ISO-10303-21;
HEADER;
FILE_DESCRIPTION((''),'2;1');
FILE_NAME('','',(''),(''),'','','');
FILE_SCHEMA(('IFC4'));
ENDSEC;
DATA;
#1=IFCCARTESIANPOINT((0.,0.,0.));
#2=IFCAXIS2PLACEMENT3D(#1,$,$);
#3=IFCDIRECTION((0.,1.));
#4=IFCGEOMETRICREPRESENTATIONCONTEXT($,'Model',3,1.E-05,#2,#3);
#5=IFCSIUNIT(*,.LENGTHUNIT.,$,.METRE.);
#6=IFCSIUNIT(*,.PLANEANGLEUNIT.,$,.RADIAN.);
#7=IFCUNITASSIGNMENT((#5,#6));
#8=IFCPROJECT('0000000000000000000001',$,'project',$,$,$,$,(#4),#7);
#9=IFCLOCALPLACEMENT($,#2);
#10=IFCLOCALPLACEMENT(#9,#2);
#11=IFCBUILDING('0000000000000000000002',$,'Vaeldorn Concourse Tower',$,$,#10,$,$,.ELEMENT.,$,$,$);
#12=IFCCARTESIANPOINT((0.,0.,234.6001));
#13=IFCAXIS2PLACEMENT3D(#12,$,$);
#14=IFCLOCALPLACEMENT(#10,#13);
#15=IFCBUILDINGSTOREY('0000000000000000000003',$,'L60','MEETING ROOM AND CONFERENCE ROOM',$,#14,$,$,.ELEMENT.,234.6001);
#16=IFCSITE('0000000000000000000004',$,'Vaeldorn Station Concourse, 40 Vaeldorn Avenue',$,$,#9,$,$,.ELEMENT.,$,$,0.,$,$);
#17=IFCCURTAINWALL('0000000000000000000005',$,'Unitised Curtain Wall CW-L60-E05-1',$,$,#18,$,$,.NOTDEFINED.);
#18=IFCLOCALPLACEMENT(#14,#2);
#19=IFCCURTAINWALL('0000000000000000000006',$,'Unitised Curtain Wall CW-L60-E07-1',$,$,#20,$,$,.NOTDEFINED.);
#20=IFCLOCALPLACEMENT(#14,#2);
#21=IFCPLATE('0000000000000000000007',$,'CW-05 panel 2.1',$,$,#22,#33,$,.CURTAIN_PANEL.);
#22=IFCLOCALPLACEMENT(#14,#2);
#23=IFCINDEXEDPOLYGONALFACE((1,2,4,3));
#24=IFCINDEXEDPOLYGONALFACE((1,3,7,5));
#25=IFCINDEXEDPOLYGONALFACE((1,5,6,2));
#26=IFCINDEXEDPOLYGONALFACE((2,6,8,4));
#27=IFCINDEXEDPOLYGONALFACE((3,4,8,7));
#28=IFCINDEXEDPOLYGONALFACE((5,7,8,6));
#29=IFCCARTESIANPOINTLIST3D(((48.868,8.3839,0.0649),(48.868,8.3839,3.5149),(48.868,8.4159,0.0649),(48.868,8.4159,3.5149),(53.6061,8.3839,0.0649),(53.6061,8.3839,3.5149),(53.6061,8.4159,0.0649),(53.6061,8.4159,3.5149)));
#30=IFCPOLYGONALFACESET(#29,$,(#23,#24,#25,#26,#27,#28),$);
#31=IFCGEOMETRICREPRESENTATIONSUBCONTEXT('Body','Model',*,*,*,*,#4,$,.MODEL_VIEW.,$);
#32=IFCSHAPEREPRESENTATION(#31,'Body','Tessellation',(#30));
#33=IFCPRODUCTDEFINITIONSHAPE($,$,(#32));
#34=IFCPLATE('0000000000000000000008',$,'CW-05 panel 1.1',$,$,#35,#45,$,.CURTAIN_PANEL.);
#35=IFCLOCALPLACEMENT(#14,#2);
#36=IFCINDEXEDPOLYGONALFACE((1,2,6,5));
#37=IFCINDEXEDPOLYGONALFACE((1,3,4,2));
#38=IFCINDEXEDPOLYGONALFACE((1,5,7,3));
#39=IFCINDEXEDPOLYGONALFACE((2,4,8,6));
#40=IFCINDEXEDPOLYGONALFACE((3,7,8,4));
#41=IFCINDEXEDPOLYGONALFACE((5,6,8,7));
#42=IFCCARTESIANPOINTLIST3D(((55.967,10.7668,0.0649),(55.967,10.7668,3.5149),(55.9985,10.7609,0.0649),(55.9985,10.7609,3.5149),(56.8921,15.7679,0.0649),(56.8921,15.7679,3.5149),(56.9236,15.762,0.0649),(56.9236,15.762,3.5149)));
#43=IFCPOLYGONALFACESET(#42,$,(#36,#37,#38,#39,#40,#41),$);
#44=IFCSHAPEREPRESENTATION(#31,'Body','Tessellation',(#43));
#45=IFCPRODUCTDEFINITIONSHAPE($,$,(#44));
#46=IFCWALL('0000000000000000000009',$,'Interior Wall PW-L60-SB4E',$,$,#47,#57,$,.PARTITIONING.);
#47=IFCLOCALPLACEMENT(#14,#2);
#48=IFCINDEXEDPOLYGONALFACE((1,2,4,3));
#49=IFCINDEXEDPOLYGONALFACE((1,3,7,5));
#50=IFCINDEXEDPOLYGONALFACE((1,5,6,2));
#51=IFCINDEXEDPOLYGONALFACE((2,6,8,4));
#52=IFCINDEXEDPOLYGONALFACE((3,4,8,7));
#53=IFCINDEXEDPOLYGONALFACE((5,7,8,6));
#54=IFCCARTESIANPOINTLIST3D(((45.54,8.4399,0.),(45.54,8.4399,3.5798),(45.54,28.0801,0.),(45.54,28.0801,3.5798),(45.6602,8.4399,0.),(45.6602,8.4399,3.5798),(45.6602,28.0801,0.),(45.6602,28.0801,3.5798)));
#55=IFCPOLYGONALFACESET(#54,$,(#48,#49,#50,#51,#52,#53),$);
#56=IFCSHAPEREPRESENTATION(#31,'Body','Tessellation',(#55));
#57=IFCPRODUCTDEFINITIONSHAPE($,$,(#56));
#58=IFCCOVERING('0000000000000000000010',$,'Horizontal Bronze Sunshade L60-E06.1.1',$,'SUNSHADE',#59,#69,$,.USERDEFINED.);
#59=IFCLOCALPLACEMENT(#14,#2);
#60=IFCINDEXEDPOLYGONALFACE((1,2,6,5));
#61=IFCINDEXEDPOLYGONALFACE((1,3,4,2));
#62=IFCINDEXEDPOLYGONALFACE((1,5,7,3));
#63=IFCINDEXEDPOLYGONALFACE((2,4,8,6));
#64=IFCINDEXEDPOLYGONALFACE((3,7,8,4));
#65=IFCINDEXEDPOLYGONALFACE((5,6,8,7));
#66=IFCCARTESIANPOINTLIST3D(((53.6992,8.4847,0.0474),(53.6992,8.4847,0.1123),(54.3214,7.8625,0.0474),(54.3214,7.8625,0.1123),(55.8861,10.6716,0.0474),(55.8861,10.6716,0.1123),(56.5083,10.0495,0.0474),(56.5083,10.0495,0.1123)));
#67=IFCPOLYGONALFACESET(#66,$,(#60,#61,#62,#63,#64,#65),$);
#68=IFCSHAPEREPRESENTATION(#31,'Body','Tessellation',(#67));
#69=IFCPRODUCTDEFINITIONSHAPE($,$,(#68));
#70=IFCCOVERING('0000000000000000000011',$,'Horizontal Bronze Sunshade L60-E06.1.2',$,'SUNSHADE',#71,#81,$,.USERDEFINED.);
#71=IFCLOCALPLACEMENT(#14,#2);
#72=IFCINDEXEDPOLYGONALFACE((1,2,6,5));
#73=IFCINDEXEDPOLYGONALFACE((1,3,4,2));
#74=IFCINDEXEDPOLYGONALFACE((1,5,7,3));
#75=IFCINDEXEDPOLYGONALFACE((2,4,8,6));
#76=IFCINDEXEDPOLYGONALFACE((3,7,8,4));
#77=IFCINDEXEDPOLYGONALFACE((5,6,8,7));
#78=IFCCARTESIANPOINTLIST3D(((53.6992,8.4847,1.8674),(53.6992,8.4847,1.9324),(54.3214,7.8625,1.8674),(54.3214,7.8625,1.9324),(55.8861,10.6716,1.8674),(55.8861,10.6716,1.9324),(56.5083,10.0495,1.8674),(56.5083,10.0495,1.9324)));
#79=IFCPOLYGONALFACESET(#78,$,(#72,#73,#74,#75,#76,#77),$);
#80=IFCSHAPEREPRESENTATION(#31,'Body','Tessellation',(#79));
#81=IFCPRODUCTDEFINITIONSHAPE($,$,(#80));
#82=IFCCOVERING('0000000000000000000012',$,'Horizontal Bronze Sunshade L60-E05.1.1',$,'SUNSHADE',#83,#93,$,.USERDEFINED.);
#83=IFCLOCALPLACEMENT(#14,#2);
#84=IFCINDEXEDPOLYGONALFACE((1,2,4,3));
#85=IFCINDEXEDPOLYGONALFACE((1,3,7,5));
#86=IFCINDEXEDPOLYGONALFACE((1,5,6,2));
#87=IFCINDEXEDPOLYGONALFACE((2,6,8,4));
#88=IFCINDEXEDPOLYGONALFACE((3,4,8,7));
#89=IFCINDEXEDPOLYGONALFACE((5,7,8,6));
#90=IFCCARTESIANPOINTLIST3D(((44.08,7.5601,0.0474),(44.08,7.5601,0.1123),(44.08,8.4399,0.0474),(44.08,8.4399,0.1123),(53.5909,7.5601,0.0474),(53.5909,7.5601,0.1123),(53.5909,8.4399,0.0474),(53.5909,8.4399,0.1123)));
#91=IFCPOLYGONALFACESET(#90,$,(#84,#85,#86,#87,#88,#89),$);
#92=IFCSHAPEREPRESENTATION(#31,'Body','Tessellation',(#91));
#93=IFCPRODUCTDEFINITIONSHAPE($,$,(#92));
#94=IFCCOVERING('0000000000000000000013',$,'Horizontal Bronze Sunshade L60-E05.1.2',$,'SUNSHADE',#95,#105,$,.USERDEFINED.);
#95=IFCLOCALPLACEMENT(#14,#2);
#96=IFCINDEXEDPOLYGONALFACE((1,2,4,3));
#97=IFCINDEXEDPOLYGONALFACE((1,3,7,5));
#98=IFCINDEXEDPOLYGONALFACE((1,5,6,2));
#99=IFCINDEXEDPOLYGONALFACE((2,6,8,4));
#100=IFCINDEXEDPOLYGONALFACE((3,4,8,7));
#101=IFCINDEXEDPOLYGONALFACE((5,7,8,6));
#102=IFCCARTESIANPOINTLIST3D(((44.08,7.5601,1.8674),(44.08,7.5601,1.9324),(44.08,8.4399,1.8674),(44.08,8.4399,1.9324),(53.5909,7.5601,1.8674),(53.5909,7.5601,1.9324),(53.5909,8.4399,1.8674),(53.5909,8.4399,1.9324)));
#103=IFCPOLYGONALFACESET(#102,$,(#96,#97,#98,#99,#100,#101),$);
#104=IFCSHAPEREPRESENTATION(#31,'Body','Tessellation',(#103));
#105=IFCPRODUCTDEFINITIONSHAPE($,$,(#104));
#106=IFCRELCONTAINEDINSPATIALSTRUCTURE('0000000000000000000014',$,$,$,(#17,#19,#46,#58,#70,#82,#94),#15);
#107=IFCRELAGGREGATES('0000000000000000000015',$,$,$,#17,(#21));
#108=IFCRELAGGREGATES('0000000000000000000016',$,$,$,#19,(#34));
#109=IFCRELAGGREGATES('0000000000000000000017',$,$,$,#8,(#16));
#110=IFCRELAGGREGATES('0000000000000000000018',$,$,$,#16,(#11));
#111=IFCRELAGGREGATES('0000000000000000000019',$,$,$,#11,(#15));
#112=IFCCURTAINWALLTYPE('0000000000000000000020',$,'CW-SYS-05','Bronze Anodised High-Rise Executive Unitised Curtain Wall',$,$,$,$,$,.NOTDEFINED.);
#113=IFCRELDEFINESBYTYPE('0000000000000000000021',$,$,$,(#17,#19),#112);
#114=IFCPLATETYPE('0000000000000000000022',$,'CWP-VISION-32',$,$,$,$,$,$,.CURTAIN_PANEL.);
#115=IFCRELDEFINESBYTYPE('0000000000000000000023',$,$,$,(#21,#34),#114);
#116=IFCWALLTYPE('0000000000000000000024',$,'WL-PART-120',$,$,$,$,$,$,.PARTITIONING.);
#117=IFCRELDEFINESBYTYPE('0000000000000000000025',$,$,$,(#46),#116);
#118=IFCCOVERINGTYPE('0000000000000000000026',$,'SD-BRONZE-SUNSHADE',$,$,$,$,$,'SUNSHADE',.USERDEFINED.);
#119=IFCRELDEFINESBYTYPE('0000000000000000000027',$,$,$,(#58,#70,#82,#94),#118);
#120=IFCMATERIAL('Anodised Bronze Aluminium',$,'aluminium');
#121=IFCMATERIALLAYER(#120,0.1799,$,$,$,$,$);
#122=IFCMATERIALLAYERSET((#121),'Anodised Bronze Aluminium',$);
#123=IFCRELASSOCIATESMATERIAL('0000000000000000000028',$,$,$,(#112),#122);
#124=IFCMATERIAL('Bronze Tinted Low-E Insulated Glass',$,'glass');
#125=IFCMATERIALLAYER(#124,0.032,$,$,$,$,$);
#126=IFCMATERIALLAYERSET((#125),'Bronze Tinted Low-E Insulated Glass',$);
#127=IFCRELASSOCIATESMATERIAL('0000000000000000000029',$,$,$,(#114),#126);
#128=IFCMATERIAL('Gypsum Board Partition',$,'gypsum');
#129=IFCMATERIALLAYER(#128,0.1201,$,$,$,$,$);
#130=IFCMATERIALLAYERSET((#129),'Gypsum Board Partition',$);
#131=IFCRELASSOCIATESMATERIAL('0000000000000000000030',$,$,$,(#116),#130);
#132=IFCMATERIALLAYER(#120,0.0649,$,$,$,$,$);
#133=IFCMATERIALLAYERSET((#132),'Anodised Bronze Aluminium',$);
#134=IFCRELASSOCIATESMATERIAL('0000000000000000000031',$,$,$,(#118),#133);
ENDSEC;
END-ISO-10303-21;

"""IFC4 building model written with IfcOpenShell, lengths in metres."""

from ifc_helpers import new_model, si_unit, direction, frame, frame_2d, origin, origin_2d, place, context, subcontext, project, spatial, rectangle, extrude, source, transform, mapped, material, layer, layer_set, type_object, element, aggregate, save


model = new_model("IFC4")

# Units and contexts
model_context = context("Model", 3, precision=1e-05, world=origin(), true_north=direction((0.0, 1.0)))
body_context = subcontext(model_context, "Body", "Model", "MODEL_VIEW")
ifc_project = project(units=[si_unit("LENGTHUNIT", "METRE"), si_unit("PLANEANGLEUNIT", "RADIAN")], contexts=[model_context])

# Site, building, storey
site_placement = place(None, origin())
site = spatial("IfcSite", under=ifc_project, at=site_placement, Name="Vaeldorn Station Concourse, 40 Vaeldorn Avenue", CompositionType="ELEMENT", RefElevation=0.0)
building_placement = place(site_placement, origin())
building = spatial("IfcBuilding", under=site, at=building_placement, Name="Vaeldorn Concourse Tower", CompositionType="ELEMENT")
storey_placement = place(building_placement, frame((0.0, 0.0, 234.6001)))
storey = spatial("IfcBuildingStorey", under=building, at=storey_placement, Name="L60", Description="MEETING ROOM AND CONFERENCE ROOM", CompositionType="ELEMENT", Elevation=234.6001)

# Curtain walls
ifc_material_1 = material(Name="Anodised Bronze Aluminium", Category="aluminium")
ifc_layer_1 = layer(ifc_material_1, 0.1799)
ifc_layer_set_1 = layer_set([ifc_layer_1], Name="Anodised Bronze Aluminium")
curtain_wall_type = type_object("IfcCurtainWallType", Name="CW-SYS-05", Description="Bronze Anodised High-Rise Executive Unitised Curtain Wall", PredefinedType="NOTDEFINED", material=ifc_layer_set_1)
curtain_wall_1_placement = place(storey_placement, origin())
curtain_wall_1 = element("IfcCurtainWall", 1, at=curtain_wall_1_placement, inside=storey, type_object=curtain_wall_type, Name="Unitised Curtain Wall CW-L60-E05-1", PredefinedType="NOTDEFINED")
curtain_wall_2_placement = place(storey_placement, origin())
curtain_wall_2 = element("IfcCurtainWall", 2, at=curtain_wall_2_placement, inside=storey, type_object=curtain_wall_type, Name="Unitised Curtain Wall CW-L60-E07-1", PredefinedType="NOTDEFINED")

# Plates
ifc_material_2 = material(Name="Bronze Tinted Low-E Insulated Glass", Category="glass")
ifc_layer_2 = layer(ifc_material_2, 0.032)
ifc_layer_set_2 = layer_set([ifc_layer_2], Name="Bronze Tinted Low-E Insulated Glass")
plate_type = type_object("IfcPlateType", Name="CWP-VISION-32", PredefinedType="CURTAIN_PANEL", material=ifc_layer_set_2)
shared_shape_1 = source(origin(), body_context, "Body", "SweptSolid", [
    extrude(rectangle(XDim=4.738, YDim=0.032, at=origin_2d()), origin(), (0.0, 0.0, 1.0), 3.45),
])
plate_1_placement = place(storey_placement, frame((51.2371, 8.3999, 0.0649), z_axis=(0.0, 0.0, 1.0), x_axis=(1.0, 0.0, 0.0)))
plate_1 = element("IfcPlate", 3, at=plate_1_placement, type_object=plate_type, Name="CW-05 panel 2.1", PredefinedType="CURTAIN_PANEL", context=body_context, shape_type="MappedRepresentation", body=[
    mapped(shared_shape_1, transform((0.0, 0.0, 0.0), scale=1.0)),
])
aggregate(curtain_wall_1, [plate_1])
shared_shape_2 = source(origin(), body_context, "Body", "SweptSolid", [
    extrude(rectangle(XDim=5.0859, YDim=0.032, at=origin_2d()), origin(), (0.0, 0.0, 1.0), 3.45),
])
plate_2_placement = place(storey_placement, frame((56.4453, 13.2644, 0.0649), z_axis=(0.0, 0.0, 1.0), x_axis=(0.18189, 0.983319, 0.0)))
plate_2 = element("IfcPlate", 4, at=plate_2_placement, type_object=plate_type, Name="CW-05 panel 1.1", PredefinedType="CURTAIN_PANEL", context=body_context, shape_type="MappedRepresentation", body=[
    mapped(shared_shape_2, transform((0.0, 0.0, 0.0), scale=1.0)),
])
aggregate(curtain_wall_2, [plate_2])

# Wall
ifc_material_3 = material(Name="Gypsum Board Partition", Category="gypsum")
ifc_layer_3 = layer(ifc_material_3, 0.1201)
ifc_layer_set_3 = layer_set([ifc_layer_3], Name="Gypsum Board Partition")
wall_type = type_object("IfcWallType", Name="WL-PART-120", PredefinedType="PARTITIONING", material=ifc_layer_set_3)
wall_placement = place(storey_placement, frame((45.6001, 8.4399, 0.0), z_axis=(0.0, 0.0, 1.0), x_axis=(0.0, 1.0, 0.0)))
element("IfcWall", 5, at=wall_placement, inside=storey, type_object=wall_type, Name="Interior Wall PW-L60-SB4E", PredefinedType="PARTITIONING", context=body_context, shape_type="SweptSolid", body=[
    extrude(rectangle(XDim=19.6401, YDim=0.1201, at=frame_2d((9.8201, 0.0))), origin(), (0.0, 0.0, 1.0), 3.5798),
])

# Coverings
ifc_layer_4 = layer(ifc_material_1, 0.0649)
ifc_layer_set_4 = layer_set([ifc_layer_4], Name="Anodised Bronze Aluminium")
covering_type = type_object("IfcCoveringType", Name="SD-BRONZE-SUNSHADE", ElementType="SUNSHADE", PredefinedType="USERDEFINED", material=ifc_layer_set_4)
shared_shape_3 = source(origin(), body_context, "Body", "SweptSolid", [
    extrude(rectangle(XDim=3.0928, YDim=0.8799, at=origin_2d()), origin(), (0.0, 0.0, 1.0), 0.0649),
])
for number, where, z_axis, x_axis, name in (
    (6, (55.1038, 9.2671, 0.0474), (0.0, 0.0, 1.0), (0.707107, 0.707107, 0.0), "Horizontal Bronze Sunshade L60-E06.1.1"),
    (7, (55.1038, 9.2671, 1.8674), (0.0, 0.0, 1.0), (0.707107, 0.707107, 0.0), "Horizontal Bronze Sunshade L60-E06.1.2"),
):
    element("IfcCovering", number, at=place(storey_placement, frame(where, z_axis=z_axis, x_axis=x_axis)), inside=storey, type_object=covering_type, Name=name, ObjectType="SUNSHADE", PredefinedType="USERDEFINED", context=body_context, shape_type="MappedRepresentation", body=[
        mapped(shared_shape_3, transform((0.0, 0.0, 0.0), scale=1.0)),
    ])
shared_shape_4 = source(origin(), body_context, "Body", "SweptSolid", [
    extrude(rectangle(XDim=9.511, YDim=0.8799, at=origin_2d()), origin(), (0.0, 0.0, 1.0), 0.0649),
])
for number, where, z_axis, x_axis, name in (
    (8, (48.8354, 8.0, 0.0474), (0.0, 0.0, 1.0), (1.0, 0.0, 0.0), "Horizontal Bronze Sunshade L60-E05.1.1"),
    (9, (48.8354, 8.0, 1.8674), (0.0, 0.0, 1.0), (1.0, 0.0, 0.0), "Horizontal Bronze Sunshade L60-E05.1.2"),
):
    element("IfcCovering", number, at=place(storey_placement, frame(where, z_axis=z_axis, x_axis=x_axis)), inside=storey, type_object=covering_type, Name=name, ObjectType="SUNSHADE", PredefinedType="USERDEFINED", context=body_context, shape_type="MappedRepresentation", body=[
        mapped(shared_shape_4, transform((0.0, 0.0, 0.0), scale=1.0)),
    ])

save(model, "model.ifc")
